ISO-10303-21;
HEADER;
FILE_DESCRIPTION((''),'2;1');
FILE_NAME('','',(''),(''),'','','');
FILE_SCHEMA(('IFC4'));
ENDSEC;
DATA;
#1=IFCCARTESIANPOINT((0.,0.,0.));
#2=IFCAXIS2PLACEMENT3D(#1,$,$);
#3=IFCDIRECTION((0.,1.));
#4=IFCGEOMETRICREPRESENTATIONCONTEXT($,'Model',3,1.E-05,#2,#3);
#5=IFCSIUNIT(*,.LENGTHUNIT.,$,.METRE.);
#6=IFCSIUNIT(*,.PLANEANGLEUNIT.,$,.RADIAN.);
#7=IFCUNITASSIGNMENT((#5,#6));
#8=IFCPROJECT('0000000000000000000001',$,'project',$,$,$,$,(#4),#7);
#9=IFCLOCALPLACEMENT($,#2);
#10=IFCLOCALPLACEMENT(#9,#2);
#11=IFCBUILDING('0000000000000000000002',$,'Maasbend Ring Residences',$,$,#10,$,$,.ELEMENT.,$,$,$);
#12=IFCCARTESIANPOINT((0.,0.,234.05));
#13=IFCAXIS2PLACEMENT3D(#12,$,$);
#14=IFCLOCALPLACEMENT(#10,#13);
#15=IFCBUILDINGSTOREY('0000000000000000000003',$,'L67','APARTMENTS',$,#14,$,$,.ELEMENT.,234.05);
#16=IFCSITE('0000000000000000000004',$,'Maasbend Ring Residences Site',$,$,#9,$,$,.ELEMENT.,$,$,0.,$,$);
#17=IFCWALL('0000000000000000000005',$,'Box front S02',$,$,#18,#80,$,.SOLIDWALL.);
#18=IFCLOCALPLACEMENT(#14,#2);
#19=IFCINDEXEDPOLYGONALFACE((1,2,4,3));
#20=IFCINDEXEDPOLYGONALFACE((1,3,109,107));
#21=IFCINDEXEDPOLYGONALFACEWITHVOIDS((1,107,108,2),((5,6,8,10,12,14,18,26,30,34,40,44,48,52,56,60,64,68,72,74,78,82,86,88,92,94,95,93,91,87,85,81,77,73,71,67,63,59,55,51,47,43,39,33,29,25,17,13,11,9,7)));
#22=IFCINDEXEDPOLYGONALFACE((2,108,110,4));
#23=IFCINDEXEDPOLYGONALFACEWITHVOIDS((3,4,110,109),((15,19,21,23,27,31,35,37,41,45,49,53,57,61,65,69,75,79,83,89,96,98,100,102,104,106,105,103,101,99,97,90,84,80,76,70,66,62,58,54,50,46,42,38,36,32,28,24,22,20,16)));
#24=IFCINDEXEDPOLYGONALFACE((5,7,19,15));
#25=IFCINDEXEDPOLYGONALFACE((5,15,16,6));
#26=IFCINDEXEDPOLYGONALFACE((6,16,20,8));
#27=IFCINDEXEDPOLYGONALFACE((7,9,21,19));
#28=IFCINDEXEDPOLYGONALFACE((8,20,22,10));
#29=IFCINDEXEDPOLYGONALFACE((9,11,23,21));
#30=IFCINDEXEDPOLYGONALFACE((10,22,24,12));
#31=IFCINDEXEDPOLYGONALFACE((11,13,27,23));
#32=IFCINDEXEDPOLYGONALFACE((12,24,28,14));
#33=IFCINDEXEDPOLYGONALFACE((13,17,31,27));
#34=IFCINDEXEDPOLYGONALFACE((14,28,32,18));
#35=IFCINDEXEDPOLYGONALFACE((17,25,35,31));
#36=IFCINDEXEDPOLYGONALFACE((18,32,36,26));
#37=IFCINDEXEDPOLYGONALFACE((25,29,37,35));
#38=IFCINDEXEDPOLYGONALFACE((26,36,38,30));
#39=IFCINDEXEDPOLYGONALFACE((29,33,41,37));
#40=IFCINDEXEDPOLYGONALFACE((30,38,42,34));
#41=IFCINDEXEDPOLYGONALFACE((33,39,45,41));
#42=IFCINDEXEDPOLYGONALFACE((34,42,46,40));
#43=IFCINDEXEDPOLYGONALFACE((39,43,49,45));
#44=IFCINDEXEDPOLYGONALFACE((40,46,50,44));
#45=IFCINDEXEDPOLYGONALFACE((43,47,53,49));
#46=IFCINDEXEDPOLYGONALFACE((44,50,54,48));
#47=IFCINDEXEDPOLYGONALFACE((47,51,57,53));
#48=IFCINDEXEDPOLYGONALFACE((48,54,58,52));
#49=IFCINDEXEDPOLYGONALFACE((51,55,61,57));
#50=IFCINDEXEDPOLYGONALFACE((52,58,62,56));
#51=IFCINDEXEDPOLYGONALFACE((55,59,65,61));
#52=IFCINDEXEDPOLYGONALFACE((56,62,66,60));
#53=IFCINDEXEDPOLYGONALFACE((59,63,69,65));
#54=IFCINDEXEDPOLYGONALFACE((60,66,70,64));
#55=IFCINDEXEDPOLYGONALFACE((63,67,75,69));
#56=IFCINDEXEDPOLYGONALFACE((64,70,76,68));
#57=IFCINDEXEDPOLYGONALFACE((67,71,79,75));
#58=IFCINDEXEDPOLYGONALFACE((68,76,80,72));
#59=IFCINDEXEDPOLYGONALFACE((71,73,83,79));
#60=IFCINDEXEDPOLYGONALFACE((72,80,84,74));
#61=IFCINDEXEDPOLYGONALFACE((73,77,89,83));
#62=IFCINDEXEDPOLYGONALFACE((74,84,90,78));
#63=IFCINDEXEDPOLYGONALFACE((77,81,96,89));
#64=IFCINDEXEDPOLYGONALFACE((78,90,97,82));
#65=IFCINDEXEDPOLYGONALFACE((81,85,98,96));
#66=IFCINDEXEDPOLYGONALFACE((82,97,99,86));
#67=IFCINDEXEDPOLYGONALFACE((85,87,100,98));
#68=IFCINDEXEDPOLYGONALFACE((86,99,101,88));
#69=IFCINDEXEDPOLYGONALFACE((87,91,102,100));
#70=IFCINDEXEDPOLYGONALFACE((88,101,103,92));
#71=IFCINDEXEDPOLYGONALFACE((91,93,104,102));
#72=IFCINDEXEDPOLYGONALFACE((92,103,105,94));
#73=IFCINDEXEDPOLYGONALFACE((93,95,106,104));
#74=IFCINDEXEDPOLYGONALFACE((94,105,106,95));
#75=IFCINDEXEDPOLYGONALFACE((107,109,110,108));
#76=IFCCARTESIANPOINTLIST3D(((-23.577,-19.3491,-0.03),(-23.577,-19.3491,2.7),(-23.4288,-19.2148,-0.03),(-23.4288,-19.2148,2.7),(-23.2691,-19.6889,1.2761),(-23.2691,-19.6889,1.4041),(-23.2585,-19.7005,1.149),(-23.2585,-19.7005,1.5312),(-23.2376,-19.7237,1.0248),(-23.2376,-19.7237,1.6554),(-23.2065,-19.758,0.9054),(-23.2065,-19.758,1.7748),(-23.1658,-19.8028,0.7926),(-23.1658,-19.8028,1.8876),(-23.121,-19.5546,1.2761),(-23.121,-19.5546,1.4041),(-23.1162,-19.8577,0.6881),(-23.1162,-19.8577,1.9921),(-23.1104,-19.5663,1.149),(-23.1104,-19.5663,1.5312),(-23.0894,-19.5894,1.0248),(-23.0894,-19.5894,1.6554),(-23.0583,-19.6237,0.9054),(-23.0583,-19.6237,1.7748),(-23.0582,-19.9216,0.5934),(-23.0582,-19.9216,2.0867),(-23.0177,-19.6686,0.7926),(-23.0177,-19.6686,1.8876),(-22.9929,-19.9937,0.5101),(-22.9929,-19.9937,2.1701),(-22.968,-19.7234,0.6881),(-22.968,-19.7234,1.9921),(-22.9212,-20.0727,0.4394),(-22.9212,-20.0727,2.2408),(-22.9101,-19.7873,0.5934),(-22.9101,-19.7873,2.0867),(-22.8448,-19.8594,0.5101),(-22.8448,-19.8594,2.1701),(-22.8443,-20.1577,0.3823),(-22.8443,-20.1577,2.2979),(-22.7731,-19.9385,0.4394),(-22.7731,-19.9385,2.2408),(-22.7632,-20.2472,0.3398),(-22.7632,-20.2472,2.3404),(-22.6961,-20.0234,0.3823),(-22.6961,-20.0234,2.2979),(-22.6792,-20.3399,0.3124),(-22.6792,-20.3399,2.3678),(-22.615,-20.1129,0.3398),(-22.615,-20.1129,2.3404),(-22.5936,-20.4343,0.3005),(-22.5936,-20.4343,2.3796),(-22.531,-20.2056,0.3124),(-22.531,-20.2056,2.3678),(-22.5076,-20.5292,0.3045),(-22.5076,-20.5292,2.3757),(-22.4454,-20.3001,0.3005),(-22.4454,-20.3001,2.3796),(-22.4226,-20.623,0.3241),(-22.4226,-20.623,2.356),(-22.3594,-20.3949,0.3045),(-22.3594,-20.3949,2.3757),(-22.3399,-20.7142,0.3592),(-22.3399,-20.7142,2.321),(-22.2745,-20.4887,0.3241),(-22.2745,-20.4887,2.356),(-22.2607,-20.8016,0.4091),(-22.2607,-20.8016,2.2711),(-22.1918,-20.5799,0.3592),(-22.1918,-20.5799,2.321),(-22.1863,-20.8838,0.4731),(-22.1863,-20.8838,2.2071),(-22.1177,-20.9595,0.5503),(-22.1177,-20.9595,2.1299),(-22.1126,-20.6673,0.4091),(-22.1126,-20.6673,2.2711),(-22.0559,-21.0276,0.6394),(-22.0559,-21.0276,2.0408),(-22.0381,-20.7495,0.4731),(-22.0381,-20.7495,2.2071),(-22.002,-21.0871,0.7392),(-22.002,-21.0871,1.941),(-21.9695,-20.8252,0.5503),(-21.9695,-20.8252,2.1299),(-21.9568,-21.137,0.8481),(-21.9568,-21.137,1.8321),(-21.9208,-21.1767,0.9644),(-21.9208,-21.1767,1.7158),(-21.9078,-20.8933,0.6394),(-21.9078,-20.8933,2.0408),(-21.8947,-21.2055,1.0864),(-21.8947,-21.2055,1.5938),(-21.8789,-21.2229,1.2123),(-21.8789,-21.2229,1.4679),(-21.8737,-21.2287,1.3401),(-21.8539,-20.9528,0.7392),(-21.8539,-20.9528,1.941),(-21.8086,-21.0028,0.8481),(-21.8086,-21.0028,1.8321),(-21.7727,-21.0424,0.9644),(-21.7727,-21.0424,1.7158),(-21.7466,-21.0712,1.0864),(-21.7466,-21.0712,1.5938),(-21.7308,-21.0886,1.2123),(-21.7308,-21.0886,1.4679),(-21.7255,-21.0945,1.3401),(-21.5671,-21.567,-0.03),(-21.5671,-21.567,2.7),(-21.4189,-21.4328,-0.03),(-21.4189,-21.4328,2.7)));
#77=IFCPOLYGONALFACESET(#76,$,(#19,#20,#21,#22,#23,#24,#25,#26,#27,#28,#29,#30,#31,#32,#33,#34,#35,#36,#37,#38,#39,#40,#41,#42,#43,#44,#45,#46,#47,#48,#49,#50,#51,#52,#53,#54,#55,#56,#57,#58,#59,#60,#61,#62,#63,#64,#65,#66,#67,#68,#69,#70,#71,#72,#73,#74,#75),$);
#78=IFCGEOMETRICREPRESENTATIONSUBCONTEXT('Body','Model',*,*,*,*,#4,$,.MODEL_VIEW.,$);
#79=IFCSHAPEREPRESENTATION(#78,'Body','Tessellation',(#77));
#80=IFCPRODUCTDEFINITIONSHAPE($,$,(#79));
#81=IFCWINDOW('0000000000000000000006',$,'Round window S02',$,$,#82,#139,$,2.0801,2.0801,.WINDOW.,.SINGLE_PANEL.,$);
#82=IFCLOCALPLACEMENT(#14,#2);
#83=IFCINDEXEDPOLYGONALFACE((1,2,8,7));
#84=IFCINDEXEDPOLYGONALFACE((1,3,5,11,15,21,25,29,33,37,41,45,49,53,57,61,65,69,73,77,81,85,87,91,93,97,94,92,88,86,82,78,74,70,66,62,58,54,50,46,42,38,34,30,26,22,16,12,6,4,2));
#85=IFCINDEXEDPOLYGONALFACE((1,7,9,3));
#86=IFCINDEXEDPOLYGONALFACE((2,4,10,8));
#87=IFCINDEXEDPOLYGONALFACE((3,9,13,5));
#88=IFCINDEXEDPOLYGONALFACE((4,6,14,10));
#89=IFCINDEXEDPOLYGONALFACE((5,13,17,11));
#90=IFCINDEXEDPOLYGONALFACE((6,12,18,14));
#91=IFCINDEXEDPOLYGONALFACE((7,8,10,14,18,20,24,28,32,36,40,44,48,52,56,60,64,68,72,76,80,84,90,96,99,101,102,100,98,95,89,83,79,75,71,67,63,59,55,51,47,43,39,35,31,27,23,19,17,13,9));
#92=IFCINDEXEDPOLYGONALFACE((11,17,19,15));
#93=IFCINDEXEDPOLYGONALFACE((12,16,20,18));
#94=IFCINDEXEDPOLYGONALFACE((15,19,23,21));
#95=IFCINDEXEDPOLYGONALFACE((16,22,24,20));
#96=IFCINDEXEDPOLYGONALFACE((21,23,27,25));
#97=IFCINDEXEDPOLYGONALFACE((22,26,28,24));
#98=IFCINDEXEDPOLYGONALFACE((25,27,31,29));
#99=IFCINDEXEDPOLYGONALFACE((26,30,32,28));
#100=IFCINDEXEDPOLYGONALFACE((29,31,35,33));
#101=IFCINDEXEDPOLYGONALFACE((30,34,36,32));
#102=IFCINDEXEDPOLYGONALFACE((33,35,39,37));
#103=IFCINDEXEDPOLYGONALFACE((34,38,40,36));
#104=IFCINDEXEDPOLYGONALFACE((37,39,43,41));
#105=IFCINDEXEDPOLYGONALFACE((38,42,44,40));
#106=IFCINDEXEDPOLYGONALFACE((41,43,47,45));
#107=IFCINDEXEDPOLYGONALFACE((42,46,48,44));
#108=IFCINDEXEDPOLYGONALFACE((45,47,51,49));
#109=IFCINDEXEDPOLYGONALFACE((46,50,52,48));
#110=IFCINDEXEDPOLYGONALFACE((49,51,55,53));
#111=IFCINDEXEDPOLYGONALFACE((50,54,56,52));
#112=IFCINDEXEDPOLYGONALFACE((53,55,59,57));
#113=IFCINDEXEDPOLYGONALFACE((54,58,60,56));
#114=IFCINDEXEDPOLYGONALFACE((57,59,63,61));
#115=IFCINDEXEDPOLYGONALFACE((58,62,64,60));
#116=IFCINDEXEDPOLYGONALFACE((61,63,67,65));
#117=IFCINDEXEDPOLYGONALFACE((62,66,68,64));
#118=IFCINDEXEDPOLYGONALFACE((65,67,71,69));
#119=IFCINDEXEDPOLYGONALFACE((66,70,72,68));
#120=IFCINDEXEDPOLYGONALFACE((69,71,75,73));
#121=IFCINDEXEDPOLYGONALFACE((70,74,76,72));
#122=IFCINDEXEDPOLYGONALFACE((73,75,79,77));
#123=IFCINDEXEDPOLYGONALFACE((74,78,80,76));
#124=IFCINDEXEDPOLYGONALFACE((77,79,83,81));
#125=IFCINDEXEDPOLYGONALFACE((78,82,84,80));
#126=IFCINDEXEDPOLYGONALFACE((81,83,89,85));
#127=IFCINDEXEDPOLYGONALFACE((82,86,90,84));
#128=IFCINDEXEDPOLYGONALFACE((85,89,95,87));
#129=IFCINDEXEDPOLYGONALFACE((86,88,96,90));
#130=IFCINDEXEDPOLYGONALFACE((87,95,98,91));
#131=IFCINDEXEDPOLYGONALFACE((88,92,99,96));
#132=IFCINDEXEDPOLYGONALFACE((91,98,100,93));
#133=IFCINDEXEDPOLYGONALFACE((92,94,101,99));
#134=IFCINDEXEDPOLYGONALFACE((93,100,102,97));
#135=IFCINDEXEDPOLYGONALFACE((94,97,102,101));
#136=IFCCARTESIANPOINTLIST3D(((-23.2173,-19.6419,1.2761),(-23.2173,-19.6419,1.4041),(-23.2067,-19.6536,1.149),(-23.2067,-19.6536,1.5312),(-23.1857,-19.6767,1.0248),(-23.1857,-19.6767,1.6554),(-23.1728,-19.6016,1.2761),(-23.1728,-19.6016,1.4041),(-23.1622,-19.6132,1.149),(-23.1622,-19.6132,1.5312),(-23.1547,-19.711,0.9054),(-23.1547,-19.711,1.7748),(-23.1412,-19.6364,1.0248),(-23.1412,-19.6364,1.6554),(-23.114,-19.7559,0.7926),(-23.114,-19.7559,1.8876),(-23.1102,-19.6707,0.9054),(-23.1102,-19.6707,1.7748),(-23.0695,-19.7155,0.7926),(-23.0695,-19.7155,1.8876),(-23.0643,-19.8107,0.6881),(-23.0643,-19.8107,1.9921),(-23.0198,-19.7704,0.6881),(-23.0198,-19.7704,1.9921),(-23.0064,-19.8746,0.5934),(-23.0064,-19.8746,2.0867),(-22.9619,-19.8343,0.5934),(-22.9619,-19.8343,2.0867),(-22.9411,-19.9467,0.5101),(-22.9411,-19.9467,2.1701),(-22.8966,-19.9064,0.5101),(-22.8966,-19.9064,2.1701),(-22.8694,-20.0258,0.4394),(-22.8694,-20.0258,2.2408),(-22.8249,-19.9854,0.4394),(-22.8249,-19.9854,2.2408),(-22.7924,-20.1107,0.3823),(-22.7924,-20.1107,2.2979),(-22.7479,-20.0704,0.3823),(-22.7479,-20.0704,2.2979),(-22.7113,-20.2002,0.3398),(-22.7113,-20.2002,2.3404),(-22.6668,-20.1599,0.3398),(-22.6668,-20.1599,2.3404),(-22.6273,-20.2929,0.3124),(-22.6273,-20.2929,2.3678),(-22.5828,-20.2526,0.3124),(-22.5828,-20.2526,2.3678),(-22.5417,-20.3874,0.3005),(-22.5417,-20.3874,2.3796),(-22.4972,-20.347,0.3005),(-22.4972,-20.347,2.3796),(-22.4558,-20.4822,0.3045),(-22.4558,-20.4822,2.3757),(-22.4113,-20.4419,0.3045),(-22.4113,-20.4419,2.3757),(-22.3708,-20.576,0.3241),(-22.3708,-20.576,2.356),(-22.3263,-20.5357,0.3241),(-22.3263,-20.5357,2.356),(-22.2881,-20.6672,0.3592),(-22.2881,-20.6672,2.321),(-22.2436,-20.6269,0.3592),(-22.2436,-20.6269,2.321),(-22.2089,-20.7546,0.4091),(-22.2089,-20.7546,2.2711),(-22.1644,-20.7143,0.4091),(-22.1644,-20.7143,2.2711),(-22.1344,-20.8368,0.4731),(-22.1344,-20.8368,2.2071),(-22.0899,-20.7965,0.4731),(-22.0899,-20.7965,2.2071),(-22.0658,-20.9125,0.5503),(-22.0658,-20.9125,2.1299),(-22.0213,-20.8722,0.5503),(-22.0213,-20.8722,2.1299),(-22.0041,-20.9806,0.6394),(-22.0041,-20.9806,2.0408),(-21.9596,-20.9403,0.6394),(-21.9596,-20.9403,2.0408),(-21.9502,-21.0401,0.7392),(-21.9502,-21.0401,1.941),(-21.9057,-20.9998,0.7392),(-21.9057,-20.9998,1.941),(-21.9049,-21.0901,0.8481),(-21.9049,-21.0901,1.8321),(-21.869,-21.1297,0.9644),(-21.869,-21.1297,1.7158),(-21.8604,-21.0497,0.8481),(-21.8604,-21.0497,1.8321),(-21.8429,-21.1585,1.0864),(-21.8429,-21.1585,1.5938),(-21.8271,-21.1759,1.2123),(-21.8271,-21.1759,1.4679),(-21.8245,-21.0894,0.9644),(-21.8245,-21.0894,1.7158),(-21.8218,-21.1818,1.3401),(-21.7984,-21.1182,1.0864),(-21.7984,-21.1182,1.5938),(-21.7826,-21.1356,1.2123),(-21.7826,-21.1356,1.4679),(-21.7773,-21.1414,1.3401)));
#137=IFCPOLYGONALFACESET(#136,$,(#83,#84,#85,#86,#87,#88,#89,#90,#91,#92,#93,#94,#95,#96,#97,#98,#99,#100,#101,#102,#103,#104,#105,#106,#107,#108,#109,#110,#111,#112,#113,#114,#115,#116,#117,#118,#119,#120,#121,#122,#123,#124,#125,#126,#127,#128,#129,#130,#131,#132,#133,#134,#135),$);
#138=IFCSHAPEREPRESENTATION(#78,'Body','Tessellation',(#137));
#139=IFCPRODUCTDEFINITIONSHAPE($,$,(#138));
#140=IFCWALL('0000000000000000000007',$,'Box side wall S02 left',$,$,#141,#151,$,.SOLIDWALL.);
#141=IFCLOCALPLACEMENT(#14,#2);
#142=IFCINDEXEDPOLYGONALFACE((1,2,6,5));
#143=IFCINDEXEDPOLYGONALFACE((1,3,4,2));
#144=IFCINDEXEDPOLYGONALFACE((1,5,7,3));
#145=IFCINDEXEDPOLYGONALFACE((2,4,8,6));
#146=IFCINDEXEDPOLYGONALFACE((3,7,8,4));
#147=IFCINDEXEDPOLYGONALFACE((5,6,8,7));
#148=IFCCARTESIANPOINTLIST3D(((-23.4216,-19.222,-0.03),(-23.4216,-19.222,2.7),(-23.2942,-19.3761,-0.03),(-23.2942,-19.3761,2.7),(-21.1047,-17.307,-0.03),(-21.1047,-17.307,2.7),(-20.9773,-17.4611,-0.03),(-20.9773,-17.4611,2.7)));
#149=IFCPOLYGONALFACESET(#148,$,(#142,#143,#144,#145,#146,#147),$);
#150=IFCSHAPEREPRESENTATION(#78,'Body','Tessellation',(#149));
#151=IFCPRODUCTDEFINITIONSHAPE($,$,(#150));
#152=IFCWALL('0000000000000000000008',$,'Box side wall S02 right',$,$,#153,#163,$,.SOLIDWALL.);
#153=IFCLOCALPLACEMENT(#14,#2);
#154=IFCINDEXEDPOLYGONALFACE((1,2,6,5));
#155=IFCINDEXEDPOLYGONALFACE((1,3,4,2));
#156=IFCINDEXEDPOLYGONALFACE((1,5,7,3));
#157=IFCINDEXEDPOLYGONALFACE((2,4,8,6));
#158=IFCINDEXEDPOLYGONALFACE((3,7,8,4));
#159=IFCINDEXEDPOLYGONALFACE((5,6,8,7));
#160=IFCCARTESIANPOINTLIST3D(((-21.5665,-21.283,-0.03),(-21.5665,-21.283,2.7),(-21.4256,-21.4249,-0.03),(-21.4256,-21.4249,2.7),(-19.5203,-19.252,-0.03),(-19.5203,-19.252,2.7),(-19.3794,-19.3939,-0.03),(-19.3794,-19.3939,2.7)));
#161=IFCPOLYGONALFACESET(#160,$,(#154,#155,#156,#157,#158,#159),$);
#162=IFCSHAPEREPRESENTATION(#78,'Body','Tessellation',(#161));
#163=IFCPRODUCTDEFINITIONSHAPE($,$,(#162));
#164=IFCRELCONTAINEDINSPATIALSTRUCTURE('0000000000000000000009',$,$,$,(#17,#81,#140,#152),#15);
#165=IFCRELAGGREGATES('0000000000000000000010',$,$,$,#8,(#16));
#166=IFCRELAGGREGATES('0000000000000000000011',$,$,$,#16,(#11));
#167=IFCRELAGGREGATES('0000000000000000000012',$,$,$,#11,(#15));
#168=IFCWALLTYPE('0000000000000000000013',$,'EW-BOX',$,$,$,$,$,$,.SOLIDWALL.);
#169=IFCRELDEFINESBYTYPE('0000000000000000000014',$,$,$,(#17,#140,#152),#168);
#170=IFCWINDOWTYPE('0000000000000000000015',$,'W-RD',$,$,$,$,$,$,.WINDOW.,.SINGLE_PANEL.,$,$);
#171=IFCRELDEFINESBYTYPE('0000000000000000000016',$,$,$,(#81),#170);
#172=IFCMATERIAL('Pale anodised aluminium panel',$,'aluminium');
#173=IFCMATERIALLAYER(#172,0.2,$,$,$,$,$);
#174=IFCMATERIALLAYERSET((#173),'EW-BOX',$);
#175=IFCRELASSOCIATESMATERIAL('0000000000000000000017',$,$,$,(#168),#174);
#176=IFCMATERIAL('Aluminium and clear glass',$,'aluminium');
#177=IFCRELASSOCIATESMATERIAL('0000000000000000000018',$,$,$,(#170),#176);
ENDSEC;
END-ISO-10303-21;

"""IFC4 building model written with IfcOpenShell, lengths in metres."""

from ifc_helpers import new_model, si_unit, direction, frame, frame_2d, origin, place, context, subcontext, project, spatial, rectangle, circle, extrude, material, layer, layer_set, type_object, element, fill, save


model = new_model("IFC4")

# Units and contexts
model_context = context("Model", 3, precision=1e-05, world=origin(), true_north=direction((0.0, 1.0)))
body_context = subcontext(model_context, "Body", "Model", "MODEL_VIEW")
ifc_project = project(units=[si_unit("LENGTHUNIT", "METRE"), si_unit("PLANEANGLEUNIT", "RADIAN")], contexts=[model_context])

# Site, building, storey
site_placement = place(None, origin())
site = spatial("IfcSite", under=ifc_project, at=site_placement, Name="Maasbend Ring Residences Site", CompositionType="ELEMENT", RefElevation=0.0)
building_placement = place(site_placement, origin())
building = spatial("IfcBuilding", under=site, at=building_placement, Name="Maasbend Ring Residences", CompositionType="ELEMENT")
storey_placement = place(building_placement, frame((0.0, 0.0, 234.05)))
storey = spatial("IfcBuildingStorey", under=building, at=storey_placement, Name="L67", Description="APARTMENTS", CompositionType="ELEMENT", Elevation=234.05)

# Wall, opening, window
ifc_material_1 = material(Name="Pale anodised aluminium panel", Category="aluminium")
ifc_layer_1 = layer(ifc_material_1, 0.2)
ifc_layer_set_1 = layer_set([ifc_layer_1], Name="EW-BOX")
wall_type_1 = type_object("IfcWallType", Name="EW-BOX", PredefinedType="SOLIDWALL", material=ifc_layer_set_1)
wall_1_placement = place(storey_placement, frame((-23.5029, -19.282, -0.03), z_axis=(0.0, 0.0, 1.0), x_axis=(0.671507, -0.740998, 0.0)))
wall_1 = element("IfcWall", 1, at=wall_1_placement, inside=storey, type_object=wall_type_1, Name="Box front S02", PredefinedType="SOLIDWALL", context=body_context, shape_type="SweptSolid", body=[
    extrude(rectangle(XDim=2.9932, YDim=0.2, at=frame_2d((1.4966, 0.0))), origin(), (0.0, 0.0, 1.0), 2.73),
])
opening_1_placement = place(wall_1_placement, frame((0.4565, 0.0, 0.3301)))
opening_1 = element("IfcOpeningElement", 2, at=opening_1_placement, cuts=wall_1, PredefinedType="OPENING", context=body_context, shape_type="SweptSolid", body=[
    extrude(circle(Radius=1.04, at=frame_2d((1.04, 1.04))), frame((0.0, 0.1099, 0.0), z_axis=(0.0, -1.0, 0.0), x_axis=(1.0, 0.0, 0.0)), (0.0, 0.0, 1.0), 0.22),
])
ifc_material_2 = material(Name="Aluminium and clear glass", Category="aluminium")
window_type_1 = type_object("IfcWindowType", Name="W-RD", PartitioningType="SINGLE_PANEL", PredefinedType="WINDOW", material=ifc_material_2)
window_1_placement = place(opening_1_placement, origin())
window_1 = element("IfcWindow", 3, at=window_1_placement, inside=storey, type_object=window_type_1, Name="Round window S02", OverallHeight=2.0801, OverallWidth=2.0801, PartitioningType="SINGLE_PANEL", PredefinedType="WINDOW", context=body_context, shape_type="SweptSolid", body=[
    extrude(circle(Radius=1.04, at=frame_2d((1.04, 1.04))), frame((0.0, 0.03, 0.0), z_axis=(0.0, -1.0, 0.0), x_axis=(1.0, 0.0, 0.0)), (0.0, 0.0, 1.0), 0.0601),
])
fill(opening_1, window_1)

# Walls
wall_2_placement = place(storey_placement, frame((-21.041, -17.384, -0.03), z_axis=(0.0, 0.0, 1.0), x_axis=(-0.770785, -0.637096, 0.0)))
element("IfcWall", 4, at=wall_2_placement, inside=storey, type_object=wall_type_1, Name="Box side wall S02 left", PredefinedType="SOLIDWALL", context=body_context, shape_type="SweptSolid", body=[
    extrude(rectangle(XDim=3.0059, YDim=0.2, at=frame_2d((1.5029, 0.0))), origin(), (0.0, 0.0, 1.0), 2.73),
])
wall_3_placement = place(storey_placement, frame((-19.45, -19.323, -0.03), z_axis=(0.0, 0.0, 1.0), x_axis=(-0.709727, -0.704477, 0.0)))
element("IfcWall", 5, at=wall_3_placement, inside=storey, type_object=wall_type_1, Name="Box side wall S02 right", PredefinedType="SOLIDWALL", context=body_context, shape_type="SweptSolid", body=[
    extrude(rectangle(XDim=2.8831, YDim=0.2, at=frame_2d((1.4414, 0.0))), origin(), (0.0, 0.0, 1.0), 2.73),
])

save(model, "model.ifc")
